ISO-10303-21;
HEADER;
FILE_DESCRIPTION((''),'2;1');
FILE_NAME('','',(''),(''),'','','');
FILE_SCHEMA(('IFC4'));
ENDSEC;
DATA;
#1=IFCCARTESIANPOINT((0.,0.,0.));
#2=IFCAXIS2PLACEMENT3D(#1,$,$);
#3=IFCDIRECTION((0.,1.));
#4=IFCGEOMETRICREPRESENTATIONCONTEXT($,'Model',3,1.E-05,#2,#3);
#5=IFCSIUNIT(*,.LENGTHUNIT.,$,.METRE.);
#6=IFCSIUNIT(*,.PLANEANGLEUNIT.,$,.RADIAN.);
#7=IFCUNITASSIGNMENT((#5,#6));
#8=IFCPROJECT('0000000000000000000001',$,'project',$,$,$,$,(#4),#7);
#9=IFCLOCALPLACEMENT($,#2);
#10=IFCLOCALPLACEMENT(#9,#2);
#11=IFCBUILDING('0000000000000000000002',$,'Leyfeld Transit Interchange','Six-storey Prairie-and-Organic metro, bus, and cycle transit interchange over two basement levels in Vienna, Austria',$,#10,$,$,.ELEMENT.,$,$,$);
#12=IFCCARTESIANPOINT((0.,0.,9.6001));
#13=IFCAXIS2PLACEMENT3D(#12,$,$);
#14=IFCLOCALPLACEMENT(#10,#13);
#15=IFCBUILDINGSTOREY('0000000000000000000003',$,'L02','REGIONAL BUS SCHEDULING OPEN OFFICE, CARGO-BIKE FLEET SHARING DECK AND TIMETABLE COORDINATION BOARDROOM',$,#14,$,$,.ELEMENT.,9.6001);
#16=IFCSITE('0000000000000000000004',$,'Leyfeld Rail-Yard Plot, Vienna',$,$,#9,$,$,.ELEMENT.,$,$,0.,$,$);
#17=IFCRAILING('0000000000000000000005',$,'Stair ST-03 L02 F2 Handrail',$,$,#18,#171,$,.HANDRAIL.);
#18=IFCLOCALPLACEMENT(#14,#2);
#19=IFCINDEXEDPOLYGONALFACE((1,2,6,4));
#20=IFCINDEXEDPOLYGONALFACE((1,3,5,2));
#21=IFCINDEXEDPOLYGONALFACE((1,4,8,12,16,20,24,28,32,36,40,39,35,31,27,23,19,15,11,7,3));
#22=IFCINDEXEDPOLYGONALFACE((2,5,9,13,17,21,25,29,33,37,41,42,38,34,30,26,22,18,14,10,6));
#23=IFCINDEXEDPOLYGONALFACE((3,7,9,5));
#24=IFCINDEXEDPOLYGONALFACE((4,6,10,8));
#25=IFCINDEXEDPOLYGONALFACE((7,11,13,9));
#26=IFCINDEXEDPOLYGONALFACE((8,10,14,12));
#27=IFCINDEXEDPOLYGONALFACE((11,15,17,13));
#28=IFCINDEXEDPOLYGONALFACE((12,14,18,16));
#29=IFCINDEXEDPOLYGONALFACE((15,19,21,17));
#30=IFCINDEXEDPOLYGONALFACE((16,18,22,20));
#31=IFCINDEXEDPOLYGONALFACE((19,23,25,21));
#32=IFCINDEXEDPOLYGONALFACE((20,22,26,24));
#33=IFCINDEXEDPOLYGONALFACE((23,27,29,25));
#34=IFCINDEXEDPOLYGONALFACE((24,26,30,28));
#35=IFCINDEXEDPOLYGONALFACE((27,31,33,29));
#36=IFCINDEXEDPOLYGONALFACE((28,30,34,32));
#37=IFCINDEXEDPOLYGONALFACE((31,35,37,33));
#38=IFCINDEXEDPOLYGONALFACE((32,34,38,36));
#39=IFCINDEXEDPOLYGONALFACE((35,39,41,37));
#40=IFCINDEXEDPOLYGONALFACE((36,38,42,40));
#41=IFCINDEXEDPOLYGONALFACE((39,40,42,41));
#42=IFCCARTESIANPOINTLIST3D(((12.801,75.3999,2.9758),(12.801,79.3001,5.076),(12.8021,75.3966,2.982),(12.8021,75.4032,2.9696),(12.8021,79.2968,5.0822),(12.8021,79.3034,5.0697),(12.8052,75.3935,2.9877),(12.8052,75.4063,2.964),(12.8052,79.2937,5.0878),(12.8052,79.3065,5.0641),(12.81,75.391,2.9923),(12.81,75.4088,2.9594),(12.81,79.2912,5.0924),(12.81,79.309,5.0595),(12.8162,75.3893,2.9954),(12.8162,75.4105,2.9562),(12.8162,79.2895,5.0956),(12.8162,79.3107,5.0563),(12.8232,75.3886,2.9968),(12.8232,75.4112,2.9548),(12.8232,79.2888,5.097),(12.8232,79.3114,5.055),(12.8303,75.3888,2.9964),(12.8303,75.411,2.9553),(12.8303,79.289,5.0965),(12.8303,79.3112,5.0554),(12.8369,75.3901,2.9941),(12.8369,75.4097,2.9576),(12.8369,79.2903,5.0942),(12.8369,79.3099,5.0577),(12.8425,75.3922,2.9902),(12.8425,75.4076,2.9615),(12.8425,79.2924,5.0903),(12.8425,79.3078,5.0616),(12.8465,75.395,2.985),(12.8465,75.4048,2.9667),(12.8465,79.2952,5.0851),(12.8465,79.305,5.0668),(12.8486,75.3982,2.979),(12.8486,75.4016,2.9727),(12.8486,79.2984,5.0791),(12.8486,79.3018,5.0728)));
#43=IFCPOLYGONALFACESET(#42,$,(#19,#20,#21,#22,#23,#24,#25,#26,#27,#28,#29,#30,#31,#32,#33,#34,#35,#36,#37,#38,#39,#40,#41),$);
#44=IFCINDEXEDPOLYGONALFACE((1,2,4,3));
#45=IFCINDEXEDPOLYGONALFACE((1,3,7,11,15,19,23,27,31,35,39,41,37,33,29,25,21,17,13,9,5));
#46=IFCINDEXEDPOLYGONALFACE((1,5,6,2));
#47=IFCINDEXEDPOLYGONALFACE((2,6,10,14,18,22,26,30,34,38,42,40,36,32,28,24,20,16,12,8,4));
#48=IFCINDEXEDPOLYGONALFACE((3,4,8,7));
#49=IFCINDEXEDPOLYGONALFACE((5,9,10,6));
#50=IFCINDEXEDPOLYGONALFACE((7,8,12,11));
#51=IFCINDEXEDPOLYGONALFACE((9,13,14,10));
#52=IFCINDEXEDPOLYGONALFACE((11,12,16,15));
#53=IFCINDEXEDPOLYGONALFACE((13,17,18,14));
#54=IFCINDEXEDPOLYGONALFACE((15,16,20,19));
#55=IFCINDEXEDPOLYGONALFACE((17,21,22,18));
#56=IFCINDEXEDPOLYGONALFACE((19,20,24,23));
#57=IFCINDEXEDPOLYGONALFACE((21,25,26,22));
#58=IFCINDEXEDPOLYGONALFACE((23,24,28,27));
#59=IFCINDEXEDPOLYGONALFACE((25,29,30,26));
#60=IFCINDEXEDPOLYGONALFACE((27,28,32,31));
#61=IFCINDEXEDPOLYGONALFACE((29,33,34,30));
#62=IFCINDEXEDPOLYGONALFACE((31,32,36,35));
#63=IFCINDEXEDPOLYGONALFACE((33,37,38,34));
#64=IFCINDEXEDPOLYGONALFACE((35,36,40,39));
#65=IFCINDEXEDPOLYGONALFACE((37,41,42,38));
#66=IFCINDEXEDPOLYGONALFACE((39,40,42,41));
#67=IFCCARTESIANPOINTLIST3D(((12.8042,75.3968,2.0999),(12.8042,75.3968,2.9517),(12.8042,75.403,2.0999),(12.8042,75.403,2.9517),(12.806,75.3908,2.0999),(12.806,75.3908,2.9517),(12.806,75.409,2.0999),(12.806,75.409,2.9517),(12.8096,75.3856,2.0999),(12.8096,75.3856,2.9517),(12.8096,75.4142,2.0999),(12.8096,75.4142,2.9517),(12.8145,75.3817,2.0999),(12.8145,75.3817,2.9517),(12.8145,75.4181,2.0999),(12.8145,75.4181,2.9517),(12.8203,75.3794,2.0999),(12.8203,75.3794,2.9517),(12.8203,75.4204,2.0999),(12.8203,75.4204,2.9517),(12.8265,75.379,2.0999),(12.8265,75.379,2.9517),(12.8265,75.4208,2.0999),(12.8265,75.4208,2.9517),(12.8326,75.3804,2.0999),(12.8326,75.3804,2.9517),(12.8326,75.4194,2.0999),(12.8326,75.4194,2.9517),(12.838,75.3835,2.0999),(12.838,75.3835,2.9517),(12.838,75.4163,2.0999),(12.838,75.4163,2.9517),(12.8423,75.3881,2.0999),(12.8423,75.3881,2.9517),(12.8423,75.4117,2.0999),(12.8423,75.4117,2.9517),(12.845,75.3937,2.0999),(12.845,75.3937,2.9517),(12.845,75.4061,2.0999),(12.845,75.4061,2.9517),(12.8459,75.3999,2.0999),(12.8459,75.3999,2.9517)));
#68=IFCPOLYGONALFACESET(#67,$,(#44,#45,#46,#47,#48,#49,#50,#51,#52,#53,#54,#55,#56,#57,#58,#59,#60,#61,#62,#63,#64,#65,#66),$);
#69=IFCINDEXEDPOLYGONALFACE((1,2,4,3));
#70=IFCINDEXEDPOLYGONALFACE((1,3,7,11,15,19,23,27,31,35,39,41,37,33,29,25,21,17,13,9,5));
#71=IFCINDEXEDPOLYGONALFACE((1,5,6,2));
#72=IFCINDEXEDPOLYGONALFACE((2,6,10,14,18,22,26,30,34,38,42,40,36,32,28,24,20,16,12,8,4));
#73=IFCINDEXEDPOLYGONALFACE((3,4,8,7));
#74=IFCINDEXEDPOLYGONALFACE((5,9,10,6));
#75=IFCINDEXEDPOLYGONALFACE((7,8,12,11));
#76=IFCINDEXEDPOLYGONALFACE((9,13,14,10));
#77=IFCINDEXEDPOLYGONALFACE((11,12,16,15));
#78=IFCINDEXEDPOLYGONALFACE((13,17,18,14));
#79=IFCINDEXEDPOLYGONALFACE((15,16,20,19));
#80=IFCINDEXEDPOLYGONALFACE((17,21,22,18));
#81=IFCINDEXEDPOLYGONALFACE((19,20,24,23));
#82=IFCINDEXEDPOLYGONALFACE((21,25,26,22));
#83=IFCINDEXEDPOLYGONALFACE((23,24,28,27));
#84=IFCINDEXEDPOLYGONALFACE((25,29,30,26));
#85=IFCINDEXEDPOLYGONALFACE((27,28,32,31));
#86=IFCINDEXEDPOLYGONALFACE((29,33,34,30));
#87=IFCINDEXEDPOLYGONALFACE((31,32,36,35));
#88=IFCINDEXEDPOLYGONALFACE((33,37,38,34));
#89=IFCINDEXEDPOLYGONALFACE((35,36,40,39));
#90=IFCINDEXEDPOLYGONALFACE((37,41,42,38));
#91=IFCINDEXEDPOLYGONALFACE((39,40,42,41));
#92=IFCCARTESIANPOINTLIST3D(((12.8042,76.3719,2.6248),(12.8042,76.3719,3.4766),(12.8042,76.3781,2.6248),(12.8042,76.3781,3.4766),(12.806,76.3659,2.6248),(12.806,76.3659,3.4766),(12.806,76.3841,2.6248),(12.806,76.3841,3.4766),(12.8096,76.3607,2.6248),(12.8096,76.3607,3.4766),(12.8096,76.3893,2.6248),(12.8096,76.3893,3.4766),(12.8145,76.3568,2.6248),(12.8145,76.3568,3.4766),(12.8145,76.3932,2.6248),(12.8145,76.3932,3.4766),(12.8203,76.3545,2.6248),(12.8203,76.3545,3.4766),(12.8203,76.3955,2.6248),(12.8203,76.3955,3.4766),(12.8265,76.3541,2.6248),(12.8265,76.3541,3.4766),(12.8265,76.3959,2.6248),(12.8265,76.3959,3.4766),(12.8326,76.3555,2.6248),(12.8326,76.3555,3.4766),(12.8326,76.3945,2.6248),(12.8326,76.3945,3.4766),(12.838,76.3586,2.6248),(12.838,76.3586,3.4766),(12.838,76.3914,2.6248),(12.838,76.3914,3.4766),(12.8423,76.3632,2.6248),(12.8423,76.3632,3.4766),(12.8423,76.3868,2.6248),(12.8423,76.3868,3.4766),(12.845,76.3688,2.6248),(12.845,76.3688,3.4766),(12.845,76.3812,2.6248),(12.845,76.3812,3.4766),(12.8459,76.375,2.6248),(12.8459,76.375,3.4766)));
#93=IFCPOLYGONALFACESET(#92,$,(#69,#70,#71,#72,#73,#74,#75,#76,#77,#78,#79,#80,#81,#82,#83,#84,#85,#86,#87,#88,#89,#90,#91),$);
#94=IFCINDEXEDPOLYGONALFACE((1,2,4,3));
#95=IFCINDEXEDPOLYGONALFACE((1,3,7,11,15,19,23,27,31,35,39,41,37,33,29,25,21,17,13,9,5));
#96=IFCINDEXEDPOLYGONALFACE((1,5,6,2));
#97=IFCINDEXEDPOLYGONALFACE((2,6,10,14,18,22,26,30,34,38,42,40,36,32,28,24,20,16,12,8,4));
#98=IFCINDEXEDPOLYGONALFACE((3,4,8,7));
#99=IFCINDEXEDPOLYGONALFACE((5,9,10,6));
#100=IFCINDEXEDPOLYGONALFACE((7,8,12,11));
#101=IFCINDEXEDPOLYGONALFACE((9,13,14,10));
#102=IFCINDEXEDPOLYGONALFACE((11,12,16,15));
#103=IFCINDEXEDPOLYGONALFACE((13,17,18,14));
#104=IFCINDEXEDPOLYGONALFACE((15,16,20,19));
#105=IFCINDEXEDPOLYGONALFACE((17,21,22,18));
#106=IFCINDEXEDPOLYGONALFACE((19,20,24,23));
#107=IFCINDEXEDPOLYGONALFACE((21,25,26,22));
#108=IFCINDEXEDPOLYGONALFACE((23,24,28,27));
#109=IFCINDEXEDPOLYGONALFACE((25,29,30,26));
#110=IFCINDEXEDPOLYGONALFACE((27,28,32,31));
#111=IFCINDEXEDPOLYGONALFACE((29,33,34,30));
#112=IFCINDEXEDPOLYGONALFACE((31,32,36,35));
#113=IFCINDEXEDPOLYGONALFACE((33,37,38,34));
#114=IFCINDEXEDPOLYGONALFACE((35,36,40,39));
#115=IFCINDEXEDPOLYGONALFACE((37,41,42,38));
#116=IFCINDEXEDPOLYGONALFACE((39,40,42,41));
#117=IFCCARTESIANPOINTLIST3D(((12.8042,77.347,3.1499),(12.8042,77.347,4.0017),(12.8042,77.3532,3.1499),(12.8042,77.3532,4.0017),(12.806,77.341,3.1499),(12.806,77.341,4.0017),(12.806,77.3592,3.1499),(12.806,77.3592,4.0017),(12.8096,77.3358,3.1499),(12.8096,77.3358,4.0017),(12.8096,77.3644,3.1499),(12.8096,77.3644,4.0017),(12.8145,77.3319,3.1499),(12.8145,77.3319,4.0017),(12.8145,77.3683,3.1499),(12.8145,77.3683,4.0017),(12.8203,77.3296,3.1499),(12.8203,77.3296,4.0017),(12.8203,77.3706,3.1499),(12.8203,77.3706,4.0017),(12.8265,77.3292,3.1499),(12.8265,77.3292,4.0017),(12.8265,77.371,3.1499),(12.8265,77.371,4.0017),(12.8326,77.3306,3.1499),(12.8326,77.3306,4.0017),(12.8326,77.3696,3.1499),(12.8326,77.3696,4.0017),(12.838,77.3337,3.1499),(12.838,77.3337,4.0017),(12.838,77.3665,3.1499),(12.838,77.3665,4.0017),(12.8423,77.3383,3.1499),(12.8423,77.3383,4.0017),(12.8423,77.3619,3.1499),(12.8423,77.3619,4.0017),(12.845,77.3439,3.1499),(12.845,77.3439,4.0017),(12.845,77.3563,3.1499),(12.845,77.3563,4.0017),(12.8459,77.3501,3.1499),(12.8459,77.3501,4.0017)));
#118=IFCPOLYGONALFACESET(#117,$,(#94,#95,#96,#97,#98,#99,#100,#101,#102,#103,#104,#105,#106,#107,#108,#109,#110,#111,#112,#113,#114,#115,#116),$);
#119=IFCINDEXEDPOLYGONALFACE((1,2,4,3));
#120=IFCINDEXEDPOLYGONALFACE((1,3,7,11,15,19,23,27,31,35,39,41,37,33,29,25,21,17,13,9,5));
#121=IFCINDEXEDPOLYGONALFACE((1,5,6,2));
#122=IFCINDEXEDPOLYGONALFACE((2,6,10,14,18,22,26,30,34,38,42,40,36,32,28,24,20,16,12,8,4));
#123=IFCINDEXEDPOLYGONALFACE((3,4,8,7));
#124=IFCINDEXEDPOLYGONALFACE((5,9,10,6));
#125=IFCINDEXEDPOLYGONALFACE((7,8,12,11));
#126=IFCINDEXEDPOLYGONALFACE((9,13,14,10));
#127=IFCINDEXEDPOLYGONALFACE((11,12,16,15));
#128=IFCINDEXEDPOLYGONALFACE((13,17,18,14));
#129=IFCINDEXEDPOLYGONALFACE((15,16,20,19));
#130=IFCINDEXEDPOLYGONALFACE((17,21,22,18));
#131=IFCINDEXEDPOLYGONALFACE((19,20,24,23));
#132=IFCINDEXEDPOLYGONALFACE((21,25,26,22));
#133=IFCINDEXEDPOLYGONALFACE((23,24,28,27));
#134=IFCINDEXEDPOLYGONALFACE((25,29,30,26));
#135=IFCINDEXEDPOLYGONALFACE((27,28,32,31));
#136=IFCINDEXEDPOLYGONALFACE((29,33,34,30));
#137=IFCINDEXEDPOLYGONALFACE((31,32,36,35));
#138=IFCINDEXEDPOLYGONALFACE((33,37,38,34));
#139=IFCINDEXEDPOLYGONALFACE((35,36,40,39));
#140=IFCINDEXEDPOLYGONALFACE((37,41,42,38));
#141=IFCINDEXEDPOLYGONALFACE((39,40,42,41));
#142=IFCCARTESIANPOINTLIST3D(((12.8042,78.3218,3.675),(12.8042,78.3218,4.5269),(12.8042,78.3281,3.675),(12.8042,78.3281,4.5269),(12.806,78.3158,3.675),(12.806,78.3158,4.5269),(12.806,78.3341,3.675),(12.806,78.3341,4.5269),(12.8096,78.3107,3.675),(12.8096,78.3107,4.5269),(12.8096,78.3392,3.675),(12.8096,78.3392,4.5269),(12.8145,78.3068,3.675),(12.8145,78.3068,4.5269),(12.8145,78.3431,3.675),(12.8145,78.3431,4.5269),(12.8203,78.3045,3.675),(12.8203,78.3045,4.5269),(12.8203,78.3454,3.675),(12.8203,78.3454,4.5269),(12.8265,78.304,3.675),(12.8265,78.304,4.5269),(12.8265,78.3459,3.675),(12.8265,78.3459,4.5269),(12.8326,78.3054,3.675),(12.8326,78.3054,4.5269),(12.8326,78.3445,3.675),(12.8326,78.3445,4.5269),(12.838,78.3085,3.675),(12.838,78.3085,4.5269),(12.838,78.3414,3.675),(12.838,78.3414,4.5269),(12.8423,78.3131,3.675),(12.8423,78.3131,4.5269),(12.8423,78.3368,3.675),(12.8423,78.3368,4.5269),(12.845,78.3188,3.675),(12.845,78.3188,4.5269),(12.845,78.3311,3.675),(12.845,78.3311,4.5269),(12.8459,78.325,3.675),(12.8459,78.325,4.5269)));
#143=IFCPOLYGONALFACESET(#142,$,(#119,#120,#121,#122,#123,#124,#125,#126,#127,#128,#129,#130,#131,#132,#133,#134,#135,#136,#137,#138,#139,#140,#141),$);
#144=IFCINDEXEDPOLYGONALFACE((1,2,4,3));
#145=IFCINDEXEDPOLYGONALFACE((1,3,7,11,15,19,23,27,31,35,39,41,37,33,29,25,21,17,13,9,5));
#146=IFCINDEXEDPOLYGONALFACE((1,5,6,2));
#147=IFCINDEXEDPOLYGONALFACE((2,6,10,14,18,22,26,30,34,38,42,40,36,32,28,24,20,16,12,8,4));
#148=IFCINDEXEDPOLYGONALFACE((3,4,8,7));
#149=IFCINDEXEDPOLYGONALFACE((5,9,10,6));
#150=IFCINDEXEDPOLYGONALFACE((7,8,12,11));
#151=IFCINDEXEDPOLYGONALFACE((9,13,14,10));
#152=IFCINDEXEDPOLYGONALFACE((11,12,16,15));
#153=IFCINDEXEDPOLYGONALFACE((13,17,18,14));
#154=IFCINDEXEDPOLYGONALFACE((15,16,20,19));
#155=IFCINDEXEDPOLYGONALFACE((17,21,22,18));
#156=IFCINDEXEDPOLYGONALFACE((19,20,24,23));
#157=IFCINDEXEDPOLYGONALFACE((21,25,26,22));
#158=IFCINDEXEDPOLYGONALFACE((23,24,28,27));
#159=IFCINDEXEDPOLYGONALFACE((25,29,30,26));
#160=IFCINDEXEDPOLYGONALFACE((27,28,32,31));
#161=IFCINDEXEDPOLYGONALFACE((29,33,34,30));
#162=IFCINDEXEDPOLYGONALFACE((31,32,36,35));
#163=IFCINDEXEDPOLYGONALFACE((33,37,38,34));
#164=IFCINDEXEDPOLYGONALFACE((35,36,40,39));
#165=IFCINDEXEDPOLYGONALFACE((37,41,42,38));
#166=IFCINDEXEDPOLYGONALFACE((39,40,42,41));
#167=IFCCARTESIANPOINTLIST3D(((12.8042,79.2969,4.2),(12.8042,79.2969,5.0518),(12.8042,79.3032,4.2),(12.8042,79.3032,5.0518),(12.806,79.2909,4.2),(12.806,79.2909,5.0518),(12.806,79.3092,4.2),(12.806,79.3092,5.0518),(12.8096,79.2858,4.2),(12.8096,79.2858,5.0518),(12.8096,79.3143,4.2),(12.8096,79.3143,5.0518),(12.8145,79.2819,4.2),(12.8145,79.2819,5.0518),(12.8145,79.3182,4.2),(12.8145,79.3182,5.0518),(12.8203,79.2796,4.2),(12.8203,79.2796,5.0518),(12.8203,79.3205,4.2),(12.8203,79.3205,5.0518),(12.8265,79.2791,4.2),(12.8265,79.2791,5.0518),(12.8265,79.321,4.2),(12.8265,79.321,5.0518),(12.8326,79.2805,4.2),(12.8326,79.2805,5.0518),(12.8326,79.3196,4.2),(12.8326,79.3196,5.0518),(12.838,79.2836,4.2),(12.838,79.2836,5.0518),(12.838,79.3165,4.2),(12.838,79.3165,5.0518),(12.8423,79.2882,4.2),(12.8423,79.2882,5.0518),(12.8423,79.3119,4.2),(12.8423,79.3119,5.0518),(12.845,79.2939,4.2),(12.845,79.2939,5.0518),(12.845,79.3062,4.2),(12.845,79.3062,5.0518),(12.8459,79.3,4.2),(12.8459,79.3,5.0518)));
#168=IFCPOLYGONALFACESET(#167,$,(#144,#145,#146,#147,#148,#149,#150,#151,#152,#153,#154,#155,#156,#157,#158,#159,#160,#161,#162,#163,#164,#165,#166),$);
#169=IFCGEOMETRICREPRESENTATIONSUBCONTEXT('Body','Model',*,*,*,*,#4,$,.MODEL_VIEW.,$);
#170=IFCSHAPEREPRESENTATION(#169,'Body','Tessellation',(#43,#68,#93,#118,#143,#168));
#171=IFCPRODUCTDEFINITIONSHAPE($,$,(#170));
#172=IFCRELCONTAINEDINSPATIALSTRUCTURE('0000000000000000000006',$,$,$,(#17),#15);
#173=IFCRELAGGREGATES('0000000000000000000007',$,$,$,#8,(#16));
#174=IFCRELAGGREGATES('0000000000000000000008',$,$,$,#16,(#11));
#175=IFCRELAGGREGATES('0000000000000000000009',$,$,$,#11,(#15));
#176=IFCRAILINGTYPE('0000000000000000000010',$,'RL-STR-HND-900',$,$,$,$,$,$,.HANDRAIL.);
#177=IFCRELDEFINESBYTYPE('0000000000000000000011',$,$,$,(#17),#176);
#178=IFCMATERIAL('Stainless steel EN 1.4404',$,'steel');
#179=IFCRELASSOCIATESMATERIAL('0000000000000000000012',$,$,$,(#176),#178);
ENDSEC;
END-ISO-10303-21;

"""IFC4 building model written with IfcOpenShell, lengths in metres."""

from ifc_helpers import new_model, si_unit, direction, frame, origin, origin_2d, place, context, subcontext, project, spatial, circle, extrude, material, type_object, element, save


model = new_model("IFC4")

# Units and contexts
model_context = context("Model", 3, precision=1e-05, world=origin(), true_north=direction((0.0, 1.0)))
body_context = subcontext(model_context, "Body", "Model", "MODEL_VIEW")
ifc_project = project(units=[si_unit("LENGTHUNIT", "METRE"), si_unit("PLANEANGLEUNIT", "RADIAN")], contexts=[model_context])

# Site, building, storey
site_placement = place(None, origin())
site = spatial("IfcSite", under=ifc_project, at=site_placement, Name="Leyfeld Rail-Yard Plot, Vienna", CompositionType="ELEMENT", RefElevation=0.0)
building_placement = place(site_placement, origin())
building = spatial("IfcBuilding", under=site, at=building_placement, Name="Leyfeld Transit Interchange", Description="Six-storey Prairie-and-Organic metro, bus, and cycle transit interchange over two basement levels in Vienna, Austria", CompositionType="ELEMENT")
storey_placement = place(building_placement, frame((0.0, 0.0, 9.6001)))
storey = spatial("IfcBuildingStorey", under=building, at=storey_placement, Name="L02", Description="REGIONAL BUS SCHEDULING OPEN OFFICE, CARGO-BIKE FLEET SHARING DECK AND TIMETABLE COORDINATION BOARDROOM", CompositionType="ELEMENT", Elevation=9.6001)

# Railing
ifc_material_1 = material(Name="Stainless steel EN 1.4404", Category="steel")
railing_type_1 = type_object("IfcRailingType", Name="RL-STR-HND-900", PredefinedType="HANDRAIL", material=ifc_material_1)
railing_1_placement = place(storey_placement, frame((12.825, 75.3999, 2.0999)))
element("IfcRailing", 1, at=railing_1_placement, inside=storey, type_object=railing_type_1, Name="Stair ST-03 L02 F2 Handrail", PredefinedType="HANDRAIL", context=body_context, shape_type="SweptSolid", body=[
    extrude(circle(Radius=0.0239, at=origin_2d()), frame((0.0, 0.0, 0.876), z_axis=(0.0, 0.880469, 0.474103), x_axis=(-1.0, 0.0, 0.0)), (0.0, 0.0, 1.0), 4.4297),
    extrude(circle(Radius=0.021, at=origin_2d()), origin(), (0.0, 0.0, 1.0), 0.8518),
    extrude(circle(Radius=0.021, at=origin_2d()), frame((0.0, 0.9751, 0.5249)), (0.0, 0.0, 1.0), 0.8518),
    extrude(circle(Radius=0.021, at=origin_2d()), frame((0.0, 1.9502, 1.05)), (0.0, 0.0, 1.0), 0.8518),
    extrude(circle(Radius=0.021, at=origin_2d()), frame((0.0, 2.925, 1.5752)), (0.0, 0.0, 1.0), 0.8518),
    extrude(circle(Radius=0.021, at=origin_2d()), frame((0.0, 3.9001, 2.1001)), (0.0, 0.0, 1.0), 0.8518),
])

save(model, "model.ifc")
